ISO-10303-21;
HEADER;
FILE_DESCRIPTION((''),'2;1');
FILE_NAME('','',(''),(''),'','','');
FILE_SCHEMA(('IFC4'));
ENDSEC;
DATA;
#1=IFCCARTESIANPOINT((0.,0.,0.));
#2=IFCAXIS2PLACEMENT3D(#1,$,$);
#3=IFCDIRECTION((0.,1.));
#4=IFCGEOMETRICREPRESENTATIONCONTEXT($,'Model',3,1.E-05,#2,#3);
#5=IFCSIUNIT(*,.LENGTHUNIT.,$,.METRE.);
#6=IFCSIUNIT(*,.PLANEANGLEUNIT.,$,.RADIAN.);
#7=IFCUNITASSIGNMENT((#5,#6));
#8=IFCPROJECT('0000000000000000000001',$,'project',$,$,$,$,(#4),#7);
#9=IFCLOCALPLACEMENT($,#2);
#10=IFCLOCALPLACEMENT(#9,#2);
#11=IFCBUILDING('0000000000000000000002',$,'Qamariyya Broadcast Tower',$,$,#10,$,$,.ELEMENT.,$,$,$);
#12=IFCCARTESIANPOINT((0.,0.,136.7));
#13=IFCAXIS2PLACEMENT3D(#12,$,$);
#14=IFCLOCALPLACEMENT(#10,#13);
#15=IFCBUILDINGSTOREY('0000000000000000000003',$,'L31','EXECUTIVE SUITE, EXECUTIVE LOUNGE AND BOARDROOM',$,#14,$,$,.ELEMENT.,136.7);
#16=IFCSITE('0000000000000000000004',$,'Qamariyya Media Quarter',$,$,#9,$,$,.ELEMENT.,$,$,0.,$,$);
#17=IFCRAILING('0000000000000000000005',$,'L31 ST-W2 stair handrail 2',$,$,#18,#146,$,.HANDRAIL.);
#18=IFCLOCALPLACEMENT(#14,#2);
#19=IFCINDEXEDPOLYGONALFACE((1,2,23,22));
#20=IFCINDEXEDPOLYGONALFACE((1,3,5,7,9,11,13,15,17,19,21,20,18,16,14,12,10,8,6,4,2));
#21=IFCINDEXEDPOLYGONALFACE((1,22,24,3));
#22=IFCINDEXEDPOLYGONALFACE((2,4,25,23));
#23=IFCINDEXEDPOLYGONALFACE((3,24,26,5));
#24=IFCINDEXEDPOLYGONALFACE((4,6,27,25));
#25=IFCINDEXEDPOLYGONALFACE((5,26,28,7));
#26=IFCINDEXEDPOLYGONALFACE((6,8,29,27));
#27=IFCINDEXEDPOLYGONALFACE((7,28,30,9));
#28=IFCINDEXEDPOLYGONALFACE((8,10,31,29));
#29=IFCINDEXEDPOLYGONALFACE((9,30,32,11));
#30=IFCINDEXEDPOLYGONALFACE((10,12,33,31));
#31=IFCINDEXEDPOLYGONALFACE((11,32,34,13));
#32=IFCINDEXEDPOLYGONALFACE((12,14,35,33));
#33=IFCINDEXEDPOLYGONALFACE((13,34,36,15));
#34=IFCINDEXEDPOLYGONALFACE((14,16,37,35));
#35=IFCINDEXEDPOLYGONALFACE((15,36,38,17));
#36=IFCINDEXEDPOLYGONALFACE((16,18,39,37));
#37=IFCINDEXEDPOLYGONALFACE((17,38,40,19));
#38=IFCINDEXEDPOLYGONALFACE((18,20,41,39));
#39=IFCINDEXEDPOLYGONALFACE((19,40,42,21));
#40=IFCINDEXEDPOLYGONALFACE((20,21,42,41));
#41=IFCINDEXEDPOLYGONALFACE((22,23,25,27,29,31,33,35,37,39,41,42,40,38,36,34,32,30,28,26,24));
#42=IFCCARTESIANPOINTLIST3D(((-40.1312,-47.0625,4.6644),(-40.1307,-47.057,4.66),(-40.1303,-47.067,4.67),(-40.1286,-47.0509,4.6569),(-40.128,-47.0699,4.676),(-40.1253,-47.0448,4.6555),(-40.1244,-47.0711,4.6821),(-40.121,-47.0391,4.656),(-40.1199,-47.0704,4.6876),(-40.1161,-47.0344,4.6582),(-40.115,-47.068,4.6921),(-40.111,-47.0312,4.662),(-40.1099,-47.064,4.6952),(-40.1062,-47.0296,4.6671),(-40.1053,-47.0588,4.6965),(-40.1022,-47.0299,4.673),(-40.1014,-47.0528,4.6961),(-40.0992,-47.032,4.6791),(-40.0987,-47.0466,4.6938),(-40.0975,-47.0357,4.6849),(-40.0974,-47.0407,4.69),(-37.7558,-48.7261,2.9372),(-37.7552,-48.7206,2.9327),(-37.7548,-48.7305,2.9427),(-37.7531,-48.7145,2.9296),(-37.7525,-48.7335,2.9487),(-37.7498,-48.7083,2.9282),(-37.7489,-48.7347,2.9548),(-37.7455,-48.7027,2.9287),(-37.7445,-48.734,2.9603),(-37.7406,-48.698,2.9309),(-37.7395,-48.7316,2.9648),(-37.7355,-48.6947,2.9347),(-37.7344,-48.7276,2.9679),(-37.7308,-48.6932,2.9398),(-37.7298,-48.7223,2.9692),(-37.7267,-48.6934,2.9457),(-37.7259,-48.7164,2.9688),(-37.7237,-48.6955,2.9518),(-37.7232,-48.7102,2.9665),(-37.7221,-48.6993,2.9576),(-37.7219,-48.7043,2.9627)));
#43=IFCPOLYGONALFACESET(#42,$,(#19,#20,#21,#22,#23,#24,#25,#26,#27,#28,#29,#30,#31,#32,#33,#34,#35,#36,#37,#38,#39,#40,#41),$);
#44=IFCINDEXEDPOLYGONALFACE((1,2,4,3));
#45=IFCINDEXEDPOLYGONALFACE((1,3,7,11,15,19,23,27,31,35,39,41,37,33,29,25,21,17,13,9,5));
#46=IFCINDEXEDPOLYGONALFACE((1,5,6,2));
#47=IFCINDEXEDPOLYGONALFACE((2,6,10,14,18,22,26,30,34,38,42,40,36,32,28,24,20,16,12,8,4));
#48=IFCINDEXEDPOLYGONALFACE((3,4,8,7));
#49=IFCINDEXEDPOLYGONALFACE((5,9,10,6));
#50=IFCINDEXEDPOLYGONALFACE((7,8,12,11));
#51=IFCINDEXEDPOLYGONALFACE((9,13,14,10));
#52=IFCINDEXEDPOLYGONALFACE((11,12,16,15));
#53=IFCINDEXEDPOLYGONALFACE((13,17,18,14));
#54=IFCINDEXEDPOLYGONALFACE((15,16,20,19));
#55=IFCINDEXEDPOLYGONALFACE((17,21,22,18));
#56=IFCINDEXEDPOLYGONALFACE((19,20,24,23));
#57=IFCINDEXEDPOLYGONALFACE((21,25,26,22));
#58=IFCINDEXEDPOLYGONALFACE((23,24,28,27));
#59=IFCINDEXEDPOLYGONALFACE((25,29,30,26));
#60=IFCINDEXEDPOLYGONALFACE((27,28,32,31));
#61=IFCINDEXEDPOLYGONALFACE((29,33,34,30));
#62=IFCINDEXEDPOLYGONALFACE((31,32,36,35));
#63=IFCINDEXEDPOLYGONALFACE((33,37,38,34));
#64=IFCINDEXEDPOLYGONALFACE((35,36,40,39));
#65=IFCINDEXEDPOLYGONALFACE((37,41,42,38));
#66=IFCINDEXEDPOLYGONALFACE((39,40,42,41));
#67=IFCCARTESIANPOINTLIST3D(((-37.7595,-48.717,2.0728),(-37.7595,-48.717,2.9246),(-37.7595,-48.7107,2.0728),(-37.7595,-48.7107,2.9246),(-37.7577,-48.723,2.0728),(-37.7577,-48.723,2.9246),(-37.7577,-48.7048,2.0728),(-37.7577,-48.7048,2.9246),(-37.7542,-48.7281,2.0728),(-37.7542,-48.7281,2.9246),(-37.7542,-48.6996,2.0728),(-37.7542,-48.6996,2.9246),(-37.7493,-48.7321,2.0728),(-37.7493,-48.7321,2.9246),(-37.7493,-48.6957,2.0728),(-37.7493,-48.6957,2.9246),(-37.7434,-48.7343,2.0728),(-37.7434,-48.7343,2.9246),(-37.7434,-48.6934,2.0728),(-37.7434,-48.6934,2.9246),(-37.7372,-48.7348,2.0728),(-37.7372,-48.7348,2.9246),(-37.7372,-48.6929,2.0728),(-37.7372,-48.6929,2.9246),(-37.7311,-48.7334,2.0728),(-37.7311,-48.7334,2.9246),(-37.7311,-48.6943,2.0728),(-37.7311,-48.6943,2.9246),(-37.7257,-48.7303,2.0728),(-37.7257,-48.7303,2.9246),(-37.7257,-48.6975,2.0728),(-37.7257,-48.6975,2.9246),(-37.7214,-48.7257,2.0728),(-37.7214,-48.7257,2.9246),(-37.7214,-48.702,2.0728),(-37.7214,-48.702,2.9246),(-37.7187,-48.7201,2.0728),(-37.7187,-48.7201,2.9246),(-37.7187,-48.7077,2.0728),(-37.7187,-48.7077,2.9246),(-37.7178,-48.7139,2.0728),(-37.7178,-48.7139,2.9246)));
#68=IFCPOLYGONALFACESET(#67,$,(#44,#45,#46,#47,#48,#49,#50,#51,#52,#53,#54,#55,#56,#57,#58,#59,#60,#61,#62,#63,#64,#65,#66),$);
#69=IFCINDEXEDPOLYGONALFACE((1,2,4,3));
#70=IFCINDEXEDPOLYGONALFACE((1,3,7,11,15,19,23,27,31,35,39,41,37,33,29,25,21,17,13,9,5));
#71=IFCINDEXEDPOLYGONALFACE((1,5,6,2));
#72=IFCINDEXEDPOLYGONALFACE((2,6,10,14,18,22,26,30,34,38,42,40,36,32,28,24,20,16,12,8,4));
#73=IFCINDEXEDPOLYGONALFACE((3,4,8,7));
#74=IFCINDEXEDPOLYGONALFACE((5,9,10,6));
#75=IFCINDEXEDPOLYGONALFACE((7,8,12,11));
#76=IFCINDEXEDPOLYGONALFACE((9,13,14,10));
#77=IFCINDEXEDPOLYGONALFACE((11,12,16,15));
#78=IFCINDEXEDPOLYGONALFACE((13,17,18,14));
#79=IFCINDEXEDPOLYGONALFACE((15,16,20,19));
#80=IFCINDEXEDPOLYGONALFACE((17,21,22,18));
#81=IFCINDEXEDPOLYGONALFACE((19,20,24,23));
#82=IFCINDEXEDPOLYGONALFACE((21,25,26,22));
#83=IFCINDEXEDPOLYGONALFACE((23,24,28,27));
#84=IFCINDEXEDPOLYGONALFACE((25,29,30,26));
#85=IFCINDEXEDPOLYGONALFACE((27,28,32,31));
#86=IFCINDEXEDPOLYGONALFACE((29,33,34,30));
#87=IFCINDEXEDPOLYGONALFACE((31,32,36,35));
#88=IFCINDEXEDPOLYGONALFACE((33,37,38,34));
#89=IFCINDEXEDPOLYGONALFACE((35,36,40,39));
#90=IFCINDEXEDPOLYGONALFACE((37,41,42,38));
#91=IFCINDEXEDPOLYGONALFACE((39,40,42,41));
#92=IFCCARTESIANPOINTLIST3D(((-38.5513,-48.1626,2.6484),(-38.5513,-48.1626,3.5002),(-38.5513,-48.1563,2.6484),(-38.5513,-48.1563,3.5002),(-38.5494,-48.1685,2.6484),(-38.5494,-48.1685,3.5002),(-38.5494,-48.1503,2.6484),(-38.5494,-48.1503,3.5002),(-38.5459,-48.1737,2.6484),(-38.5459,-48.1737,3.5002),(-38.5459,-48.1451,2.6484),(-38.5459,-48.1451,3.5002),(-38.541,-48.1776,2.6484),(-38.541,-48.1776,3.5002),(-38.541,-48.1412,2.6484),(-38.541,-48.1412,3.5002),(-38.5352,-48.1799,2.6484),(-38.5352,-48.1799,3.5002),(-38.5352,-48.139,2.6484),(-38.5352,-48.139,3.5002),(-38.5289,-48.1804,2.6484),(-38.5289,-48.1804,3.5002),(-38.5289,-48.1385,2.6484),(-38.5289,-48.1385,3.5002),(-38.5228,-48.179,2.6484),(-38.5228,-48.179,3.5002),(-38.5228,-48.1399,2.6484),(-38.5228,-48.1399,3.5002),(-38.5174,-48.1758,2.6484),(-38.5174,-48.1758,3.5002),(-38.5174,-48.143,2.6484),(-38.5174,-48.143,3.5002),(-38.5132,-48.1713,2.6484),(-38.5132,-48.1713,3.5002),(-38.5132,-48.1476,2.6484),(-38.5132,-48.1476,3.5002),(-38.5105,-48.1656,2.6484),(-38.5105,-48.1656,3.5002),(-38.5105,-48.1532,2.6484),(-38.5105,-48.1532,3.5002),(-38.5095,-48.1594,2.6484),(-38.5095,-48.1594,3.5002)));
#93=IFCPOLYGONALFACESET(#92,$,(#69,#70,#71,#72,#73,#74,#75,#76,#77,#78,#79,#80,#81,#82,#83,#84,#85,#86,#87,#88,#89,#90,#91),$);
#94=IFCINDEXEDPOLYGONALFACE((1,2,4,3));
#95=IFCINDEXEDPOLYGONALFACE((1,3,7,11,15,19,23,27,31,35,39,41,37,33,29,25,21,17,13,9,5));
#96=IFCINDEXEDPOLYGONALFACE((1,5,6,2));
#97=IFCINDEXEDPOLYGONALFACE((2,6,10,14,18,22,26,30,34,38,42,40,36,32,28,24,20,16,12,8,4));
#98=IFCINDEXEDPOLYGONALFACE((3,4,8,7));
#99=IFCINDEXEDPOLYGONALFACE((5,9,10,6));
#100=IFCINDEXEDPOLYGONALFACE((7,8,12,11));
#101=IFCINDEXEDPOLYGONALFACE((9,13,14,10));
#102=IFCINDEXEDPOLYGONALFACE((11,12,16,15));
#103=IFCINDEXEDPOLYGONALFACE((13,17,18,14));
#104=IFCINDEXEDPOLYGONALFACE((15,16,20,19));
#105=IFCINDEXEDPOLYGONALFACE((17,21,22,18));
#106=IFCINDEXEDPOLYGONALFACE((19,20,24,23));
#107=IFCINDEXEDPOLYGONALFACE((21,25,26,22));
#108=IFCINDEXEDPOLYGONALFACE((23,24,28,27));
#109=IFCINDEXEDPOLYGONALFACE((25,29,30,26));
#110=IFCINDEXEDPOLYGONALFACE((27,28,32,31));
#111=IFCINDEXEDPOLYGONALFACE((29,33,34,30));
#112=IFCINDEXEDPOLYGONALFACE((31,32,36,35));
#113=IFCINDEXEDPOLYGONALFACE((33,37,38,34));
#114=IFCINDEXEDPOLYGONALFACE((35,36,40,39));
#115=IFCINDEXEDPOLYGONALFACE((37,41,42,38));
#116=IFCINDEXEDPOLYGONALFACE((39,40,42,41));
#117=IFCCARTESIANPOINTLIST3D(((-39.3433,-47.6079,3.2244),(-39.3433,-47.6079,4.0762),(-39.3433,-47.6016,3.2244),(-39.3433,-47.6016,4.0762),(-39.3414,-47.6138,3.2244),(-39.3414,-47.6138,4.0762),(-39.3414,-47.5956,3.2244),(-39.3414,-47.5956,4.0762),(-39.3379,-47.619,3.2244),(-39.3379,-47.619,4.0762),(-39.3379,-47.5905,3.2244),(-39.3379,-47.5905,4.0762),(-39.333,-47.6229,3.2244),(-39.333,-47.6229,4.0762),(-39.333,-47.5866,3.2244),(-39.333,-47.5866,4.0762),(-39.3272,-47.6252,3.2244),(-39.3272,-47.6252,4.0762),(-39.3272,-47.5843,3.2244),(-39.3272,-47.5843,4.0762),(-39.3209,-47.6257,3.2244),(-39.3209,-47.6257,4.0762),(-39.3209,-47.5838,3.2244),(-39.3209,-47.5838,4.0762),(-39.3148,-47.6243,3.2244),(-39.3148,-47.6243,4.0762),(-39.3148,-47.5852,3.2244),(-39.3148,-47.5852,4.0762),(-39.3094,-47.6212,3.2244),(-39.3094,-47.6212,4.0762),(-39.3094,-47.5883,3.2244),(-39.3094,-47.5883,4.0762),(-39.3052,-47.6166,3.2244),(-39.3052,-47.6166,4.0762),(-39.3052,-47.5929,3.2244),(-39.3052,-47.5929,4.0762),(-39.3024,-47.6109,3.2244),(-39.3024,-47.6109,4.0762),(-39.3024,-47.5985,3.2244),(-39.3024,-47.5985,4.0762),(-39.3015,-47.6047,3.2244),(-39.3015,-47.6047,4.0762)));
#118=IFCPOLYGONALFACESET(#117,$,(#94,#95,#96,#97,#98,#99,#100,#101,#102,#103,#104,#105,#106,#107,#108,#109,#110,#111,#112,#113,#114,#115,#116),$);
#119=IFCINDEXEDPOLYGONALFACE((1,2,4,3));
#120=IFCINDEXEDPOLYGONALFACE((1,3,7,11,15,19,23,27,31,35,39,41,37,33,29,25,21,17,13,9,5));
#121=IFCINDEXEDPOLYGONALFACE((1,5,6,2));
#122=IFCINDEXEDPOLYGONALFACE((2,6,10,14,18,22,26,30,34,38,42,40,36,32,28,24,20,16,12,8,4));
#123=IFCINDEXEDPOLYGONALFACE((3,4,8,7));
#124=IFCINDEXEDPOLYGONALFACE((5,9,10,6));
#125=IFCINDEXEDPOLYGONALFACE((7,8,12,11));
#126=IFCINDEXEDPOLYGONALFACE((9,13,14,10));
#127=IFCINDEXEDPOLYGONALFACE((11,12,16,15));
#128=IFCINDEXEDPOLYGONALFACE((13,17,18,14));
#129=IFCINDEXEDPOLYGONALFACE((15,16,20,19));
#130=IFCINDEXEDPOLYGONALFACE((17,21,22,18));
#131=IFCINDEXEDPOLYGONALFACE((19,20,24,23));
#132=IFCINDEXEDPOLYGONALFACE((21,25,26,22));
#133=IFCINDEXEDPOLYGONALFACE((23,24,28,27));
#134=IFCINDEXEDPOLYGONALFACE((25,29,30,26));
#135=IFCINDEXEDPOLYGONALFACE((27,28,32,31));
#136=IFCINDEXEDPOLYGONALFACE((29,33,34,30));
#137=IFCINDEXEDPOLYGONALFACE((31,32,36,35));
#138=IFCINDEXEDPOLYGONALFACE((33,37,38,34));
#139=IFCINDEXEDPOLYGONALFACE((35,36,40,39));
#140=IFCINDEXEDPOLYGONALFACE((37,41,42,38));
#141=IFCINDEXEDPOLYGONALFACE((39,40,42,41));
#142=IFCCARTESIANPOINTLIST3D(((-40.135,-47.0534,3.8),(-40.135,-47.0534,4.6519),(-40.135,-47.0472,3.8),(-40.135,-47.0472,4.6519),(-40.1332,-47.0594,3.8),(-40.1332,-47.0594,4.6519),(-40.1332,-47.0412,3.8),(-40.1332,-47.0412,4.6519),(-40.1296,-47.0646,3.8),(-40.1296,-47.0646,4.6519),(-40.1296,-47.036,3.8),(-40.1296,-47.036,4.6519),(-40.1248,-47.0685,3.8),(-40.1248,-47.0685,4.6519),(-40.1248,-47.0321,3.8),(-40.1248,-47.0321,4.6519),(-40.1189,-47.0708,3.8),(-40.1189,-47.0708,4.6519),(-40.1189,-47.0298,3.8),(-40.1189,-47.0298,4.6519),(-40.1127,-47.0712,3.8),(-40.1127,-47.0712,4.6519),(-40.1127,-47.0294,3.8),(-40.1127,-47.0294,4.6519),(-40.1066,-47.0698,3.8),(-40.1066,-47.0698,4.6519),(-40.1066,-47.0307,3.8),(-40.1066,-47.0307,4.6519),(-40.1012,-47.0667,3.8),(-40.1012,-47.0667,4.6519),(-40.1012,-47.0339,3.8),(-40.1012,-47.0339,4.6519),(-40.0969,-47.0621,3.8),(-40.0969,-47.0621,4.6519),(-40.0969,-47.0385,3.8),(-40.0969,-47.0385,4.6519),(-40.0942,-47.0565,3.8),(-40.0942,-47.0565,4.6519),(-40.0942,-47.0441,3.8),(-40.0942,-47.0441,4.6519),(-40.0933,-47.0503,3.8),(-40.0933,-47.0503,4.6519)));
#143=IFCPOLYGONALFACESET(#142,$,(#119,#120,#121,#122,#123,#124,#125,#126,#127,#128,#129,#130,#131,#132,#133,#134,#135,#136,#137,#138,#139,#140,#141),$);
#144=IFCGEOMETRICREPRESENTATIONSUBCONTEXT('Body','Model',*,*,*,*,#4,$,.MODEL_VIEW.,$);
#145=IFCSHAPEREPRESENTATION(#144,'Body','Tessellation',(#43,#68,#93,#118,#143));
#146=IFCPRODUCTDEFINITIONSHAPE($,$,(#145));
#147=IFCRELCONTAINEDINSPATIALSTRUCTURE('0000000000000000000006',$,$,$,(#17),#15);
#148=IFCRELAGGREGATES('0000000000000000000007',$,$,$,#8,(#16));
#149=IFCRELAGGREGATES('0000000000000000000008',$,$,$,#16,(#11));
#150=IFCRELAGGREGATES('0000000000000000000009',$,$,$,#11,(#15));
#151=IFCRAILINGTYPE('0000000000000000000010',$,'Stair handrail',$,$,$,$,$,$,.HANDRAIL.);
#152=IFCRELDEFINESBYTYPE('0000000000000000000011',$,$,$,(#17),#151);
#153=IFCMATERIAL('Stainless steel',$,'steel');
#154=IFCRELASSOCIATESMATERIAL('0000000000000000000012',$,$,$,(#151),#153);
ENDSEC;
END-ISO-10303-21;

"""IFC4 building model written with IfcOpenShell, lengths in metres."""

from ifc_helpers import new_model, si_unit, direction, frame, origin, origin_2d, place, context, subcontext, project, spatial, circle, extrude, material, type_object, element, save


model = new_model("IFC4")

# Units and contexts
model_context = context("Model", 3, precision=1e-05, world=origin(), true_north=direction((0.0, 1.0)))
body_context = subcontext(model_context, "Body", "Model", "MODEL_VIEW")
ifc_project = project(units=[si_unit("LENGTHUNIT", "METRE"), si_unit("PLANEANGLEUNIT", "RADIAN")], contexts=[model_context])

# Site, building, storey
site_placement = place(None, origin())
site = spatial("IfcSite", under=ifc_project, at=site_placement, Name="Qamariyya Media Quarter", CompositionType="ELEMENT", RefElevation=0.0)
building_placement = place(site_placement, origin())
building = spatial("IfcBuilding", under=site, at=building_placement, Name="Qamariyya Broadcast Tower", CompositionType="ELEMENT")
storey_placement = place(building_placement, frame((0.0, 0.0, 136.7)))
storey = spatial("IfcBuildingStorey", under=building, at=storey_placement, Name="L31", Description="EXECUTIVE SUITE, EXECUTIVE LOUNGE AND BOARDROOM", CompositionType="ELEMENT", Elevation=136.7)

# Railing
ifc_material_1 = material(Name="Stainless steel", Category="steel")
railing_type_1 = type_object("IfcRailingType", Name="Stair handrail", PredefinedType="HANDRAIL", material=ifc_material_1)
railing_1_placement = place(storey_placement, frame((-37.7388, -48.7139, 2.0728)))
element("IfcRailing", 1, at=railing_1_placement, inside=storey, type_object=railing_type_1, Name="L31 ST-W2 stair handrail 2", PredefinedType="HANDRAIL", context=body_context, shape_type="SweptSolid", body=[
    extrude(circle(Radius=0.0239, at=origin_2d()), frame((0.0, 0.0, 0.876), z_axis=(-0.703745, 0.492838, 0.511716), x_axis=(-0.573632, -0.819113, 0.0)), (0.0, 0.0, 1.0), 3.3755),
    extrude(circle(Radius=0.021, at=origin_2d()), origin(), (0.0, 0.0, 1.0), 0.8518),
    extrude(circle(Radius=0.021, at=origin_2d()), frame((-0.7917, 0.5544, 0.5757)), (0.0, 0.0, 1.0), 0.8518),
    extrude(circle(Radius=0.021, at=origin_2d()), frame((-1.5837, 1.1091, 1.1516)), (0.0, 0.0, 1.0), 0.8518),
    extrude(circle(Radius=0.021, at=origin_2d()), frame((-2.3755, 1.6636, 1.7273)), (0.0, 0.0, 1.0), 0.8518),
])

save(model, "model.ifc")
